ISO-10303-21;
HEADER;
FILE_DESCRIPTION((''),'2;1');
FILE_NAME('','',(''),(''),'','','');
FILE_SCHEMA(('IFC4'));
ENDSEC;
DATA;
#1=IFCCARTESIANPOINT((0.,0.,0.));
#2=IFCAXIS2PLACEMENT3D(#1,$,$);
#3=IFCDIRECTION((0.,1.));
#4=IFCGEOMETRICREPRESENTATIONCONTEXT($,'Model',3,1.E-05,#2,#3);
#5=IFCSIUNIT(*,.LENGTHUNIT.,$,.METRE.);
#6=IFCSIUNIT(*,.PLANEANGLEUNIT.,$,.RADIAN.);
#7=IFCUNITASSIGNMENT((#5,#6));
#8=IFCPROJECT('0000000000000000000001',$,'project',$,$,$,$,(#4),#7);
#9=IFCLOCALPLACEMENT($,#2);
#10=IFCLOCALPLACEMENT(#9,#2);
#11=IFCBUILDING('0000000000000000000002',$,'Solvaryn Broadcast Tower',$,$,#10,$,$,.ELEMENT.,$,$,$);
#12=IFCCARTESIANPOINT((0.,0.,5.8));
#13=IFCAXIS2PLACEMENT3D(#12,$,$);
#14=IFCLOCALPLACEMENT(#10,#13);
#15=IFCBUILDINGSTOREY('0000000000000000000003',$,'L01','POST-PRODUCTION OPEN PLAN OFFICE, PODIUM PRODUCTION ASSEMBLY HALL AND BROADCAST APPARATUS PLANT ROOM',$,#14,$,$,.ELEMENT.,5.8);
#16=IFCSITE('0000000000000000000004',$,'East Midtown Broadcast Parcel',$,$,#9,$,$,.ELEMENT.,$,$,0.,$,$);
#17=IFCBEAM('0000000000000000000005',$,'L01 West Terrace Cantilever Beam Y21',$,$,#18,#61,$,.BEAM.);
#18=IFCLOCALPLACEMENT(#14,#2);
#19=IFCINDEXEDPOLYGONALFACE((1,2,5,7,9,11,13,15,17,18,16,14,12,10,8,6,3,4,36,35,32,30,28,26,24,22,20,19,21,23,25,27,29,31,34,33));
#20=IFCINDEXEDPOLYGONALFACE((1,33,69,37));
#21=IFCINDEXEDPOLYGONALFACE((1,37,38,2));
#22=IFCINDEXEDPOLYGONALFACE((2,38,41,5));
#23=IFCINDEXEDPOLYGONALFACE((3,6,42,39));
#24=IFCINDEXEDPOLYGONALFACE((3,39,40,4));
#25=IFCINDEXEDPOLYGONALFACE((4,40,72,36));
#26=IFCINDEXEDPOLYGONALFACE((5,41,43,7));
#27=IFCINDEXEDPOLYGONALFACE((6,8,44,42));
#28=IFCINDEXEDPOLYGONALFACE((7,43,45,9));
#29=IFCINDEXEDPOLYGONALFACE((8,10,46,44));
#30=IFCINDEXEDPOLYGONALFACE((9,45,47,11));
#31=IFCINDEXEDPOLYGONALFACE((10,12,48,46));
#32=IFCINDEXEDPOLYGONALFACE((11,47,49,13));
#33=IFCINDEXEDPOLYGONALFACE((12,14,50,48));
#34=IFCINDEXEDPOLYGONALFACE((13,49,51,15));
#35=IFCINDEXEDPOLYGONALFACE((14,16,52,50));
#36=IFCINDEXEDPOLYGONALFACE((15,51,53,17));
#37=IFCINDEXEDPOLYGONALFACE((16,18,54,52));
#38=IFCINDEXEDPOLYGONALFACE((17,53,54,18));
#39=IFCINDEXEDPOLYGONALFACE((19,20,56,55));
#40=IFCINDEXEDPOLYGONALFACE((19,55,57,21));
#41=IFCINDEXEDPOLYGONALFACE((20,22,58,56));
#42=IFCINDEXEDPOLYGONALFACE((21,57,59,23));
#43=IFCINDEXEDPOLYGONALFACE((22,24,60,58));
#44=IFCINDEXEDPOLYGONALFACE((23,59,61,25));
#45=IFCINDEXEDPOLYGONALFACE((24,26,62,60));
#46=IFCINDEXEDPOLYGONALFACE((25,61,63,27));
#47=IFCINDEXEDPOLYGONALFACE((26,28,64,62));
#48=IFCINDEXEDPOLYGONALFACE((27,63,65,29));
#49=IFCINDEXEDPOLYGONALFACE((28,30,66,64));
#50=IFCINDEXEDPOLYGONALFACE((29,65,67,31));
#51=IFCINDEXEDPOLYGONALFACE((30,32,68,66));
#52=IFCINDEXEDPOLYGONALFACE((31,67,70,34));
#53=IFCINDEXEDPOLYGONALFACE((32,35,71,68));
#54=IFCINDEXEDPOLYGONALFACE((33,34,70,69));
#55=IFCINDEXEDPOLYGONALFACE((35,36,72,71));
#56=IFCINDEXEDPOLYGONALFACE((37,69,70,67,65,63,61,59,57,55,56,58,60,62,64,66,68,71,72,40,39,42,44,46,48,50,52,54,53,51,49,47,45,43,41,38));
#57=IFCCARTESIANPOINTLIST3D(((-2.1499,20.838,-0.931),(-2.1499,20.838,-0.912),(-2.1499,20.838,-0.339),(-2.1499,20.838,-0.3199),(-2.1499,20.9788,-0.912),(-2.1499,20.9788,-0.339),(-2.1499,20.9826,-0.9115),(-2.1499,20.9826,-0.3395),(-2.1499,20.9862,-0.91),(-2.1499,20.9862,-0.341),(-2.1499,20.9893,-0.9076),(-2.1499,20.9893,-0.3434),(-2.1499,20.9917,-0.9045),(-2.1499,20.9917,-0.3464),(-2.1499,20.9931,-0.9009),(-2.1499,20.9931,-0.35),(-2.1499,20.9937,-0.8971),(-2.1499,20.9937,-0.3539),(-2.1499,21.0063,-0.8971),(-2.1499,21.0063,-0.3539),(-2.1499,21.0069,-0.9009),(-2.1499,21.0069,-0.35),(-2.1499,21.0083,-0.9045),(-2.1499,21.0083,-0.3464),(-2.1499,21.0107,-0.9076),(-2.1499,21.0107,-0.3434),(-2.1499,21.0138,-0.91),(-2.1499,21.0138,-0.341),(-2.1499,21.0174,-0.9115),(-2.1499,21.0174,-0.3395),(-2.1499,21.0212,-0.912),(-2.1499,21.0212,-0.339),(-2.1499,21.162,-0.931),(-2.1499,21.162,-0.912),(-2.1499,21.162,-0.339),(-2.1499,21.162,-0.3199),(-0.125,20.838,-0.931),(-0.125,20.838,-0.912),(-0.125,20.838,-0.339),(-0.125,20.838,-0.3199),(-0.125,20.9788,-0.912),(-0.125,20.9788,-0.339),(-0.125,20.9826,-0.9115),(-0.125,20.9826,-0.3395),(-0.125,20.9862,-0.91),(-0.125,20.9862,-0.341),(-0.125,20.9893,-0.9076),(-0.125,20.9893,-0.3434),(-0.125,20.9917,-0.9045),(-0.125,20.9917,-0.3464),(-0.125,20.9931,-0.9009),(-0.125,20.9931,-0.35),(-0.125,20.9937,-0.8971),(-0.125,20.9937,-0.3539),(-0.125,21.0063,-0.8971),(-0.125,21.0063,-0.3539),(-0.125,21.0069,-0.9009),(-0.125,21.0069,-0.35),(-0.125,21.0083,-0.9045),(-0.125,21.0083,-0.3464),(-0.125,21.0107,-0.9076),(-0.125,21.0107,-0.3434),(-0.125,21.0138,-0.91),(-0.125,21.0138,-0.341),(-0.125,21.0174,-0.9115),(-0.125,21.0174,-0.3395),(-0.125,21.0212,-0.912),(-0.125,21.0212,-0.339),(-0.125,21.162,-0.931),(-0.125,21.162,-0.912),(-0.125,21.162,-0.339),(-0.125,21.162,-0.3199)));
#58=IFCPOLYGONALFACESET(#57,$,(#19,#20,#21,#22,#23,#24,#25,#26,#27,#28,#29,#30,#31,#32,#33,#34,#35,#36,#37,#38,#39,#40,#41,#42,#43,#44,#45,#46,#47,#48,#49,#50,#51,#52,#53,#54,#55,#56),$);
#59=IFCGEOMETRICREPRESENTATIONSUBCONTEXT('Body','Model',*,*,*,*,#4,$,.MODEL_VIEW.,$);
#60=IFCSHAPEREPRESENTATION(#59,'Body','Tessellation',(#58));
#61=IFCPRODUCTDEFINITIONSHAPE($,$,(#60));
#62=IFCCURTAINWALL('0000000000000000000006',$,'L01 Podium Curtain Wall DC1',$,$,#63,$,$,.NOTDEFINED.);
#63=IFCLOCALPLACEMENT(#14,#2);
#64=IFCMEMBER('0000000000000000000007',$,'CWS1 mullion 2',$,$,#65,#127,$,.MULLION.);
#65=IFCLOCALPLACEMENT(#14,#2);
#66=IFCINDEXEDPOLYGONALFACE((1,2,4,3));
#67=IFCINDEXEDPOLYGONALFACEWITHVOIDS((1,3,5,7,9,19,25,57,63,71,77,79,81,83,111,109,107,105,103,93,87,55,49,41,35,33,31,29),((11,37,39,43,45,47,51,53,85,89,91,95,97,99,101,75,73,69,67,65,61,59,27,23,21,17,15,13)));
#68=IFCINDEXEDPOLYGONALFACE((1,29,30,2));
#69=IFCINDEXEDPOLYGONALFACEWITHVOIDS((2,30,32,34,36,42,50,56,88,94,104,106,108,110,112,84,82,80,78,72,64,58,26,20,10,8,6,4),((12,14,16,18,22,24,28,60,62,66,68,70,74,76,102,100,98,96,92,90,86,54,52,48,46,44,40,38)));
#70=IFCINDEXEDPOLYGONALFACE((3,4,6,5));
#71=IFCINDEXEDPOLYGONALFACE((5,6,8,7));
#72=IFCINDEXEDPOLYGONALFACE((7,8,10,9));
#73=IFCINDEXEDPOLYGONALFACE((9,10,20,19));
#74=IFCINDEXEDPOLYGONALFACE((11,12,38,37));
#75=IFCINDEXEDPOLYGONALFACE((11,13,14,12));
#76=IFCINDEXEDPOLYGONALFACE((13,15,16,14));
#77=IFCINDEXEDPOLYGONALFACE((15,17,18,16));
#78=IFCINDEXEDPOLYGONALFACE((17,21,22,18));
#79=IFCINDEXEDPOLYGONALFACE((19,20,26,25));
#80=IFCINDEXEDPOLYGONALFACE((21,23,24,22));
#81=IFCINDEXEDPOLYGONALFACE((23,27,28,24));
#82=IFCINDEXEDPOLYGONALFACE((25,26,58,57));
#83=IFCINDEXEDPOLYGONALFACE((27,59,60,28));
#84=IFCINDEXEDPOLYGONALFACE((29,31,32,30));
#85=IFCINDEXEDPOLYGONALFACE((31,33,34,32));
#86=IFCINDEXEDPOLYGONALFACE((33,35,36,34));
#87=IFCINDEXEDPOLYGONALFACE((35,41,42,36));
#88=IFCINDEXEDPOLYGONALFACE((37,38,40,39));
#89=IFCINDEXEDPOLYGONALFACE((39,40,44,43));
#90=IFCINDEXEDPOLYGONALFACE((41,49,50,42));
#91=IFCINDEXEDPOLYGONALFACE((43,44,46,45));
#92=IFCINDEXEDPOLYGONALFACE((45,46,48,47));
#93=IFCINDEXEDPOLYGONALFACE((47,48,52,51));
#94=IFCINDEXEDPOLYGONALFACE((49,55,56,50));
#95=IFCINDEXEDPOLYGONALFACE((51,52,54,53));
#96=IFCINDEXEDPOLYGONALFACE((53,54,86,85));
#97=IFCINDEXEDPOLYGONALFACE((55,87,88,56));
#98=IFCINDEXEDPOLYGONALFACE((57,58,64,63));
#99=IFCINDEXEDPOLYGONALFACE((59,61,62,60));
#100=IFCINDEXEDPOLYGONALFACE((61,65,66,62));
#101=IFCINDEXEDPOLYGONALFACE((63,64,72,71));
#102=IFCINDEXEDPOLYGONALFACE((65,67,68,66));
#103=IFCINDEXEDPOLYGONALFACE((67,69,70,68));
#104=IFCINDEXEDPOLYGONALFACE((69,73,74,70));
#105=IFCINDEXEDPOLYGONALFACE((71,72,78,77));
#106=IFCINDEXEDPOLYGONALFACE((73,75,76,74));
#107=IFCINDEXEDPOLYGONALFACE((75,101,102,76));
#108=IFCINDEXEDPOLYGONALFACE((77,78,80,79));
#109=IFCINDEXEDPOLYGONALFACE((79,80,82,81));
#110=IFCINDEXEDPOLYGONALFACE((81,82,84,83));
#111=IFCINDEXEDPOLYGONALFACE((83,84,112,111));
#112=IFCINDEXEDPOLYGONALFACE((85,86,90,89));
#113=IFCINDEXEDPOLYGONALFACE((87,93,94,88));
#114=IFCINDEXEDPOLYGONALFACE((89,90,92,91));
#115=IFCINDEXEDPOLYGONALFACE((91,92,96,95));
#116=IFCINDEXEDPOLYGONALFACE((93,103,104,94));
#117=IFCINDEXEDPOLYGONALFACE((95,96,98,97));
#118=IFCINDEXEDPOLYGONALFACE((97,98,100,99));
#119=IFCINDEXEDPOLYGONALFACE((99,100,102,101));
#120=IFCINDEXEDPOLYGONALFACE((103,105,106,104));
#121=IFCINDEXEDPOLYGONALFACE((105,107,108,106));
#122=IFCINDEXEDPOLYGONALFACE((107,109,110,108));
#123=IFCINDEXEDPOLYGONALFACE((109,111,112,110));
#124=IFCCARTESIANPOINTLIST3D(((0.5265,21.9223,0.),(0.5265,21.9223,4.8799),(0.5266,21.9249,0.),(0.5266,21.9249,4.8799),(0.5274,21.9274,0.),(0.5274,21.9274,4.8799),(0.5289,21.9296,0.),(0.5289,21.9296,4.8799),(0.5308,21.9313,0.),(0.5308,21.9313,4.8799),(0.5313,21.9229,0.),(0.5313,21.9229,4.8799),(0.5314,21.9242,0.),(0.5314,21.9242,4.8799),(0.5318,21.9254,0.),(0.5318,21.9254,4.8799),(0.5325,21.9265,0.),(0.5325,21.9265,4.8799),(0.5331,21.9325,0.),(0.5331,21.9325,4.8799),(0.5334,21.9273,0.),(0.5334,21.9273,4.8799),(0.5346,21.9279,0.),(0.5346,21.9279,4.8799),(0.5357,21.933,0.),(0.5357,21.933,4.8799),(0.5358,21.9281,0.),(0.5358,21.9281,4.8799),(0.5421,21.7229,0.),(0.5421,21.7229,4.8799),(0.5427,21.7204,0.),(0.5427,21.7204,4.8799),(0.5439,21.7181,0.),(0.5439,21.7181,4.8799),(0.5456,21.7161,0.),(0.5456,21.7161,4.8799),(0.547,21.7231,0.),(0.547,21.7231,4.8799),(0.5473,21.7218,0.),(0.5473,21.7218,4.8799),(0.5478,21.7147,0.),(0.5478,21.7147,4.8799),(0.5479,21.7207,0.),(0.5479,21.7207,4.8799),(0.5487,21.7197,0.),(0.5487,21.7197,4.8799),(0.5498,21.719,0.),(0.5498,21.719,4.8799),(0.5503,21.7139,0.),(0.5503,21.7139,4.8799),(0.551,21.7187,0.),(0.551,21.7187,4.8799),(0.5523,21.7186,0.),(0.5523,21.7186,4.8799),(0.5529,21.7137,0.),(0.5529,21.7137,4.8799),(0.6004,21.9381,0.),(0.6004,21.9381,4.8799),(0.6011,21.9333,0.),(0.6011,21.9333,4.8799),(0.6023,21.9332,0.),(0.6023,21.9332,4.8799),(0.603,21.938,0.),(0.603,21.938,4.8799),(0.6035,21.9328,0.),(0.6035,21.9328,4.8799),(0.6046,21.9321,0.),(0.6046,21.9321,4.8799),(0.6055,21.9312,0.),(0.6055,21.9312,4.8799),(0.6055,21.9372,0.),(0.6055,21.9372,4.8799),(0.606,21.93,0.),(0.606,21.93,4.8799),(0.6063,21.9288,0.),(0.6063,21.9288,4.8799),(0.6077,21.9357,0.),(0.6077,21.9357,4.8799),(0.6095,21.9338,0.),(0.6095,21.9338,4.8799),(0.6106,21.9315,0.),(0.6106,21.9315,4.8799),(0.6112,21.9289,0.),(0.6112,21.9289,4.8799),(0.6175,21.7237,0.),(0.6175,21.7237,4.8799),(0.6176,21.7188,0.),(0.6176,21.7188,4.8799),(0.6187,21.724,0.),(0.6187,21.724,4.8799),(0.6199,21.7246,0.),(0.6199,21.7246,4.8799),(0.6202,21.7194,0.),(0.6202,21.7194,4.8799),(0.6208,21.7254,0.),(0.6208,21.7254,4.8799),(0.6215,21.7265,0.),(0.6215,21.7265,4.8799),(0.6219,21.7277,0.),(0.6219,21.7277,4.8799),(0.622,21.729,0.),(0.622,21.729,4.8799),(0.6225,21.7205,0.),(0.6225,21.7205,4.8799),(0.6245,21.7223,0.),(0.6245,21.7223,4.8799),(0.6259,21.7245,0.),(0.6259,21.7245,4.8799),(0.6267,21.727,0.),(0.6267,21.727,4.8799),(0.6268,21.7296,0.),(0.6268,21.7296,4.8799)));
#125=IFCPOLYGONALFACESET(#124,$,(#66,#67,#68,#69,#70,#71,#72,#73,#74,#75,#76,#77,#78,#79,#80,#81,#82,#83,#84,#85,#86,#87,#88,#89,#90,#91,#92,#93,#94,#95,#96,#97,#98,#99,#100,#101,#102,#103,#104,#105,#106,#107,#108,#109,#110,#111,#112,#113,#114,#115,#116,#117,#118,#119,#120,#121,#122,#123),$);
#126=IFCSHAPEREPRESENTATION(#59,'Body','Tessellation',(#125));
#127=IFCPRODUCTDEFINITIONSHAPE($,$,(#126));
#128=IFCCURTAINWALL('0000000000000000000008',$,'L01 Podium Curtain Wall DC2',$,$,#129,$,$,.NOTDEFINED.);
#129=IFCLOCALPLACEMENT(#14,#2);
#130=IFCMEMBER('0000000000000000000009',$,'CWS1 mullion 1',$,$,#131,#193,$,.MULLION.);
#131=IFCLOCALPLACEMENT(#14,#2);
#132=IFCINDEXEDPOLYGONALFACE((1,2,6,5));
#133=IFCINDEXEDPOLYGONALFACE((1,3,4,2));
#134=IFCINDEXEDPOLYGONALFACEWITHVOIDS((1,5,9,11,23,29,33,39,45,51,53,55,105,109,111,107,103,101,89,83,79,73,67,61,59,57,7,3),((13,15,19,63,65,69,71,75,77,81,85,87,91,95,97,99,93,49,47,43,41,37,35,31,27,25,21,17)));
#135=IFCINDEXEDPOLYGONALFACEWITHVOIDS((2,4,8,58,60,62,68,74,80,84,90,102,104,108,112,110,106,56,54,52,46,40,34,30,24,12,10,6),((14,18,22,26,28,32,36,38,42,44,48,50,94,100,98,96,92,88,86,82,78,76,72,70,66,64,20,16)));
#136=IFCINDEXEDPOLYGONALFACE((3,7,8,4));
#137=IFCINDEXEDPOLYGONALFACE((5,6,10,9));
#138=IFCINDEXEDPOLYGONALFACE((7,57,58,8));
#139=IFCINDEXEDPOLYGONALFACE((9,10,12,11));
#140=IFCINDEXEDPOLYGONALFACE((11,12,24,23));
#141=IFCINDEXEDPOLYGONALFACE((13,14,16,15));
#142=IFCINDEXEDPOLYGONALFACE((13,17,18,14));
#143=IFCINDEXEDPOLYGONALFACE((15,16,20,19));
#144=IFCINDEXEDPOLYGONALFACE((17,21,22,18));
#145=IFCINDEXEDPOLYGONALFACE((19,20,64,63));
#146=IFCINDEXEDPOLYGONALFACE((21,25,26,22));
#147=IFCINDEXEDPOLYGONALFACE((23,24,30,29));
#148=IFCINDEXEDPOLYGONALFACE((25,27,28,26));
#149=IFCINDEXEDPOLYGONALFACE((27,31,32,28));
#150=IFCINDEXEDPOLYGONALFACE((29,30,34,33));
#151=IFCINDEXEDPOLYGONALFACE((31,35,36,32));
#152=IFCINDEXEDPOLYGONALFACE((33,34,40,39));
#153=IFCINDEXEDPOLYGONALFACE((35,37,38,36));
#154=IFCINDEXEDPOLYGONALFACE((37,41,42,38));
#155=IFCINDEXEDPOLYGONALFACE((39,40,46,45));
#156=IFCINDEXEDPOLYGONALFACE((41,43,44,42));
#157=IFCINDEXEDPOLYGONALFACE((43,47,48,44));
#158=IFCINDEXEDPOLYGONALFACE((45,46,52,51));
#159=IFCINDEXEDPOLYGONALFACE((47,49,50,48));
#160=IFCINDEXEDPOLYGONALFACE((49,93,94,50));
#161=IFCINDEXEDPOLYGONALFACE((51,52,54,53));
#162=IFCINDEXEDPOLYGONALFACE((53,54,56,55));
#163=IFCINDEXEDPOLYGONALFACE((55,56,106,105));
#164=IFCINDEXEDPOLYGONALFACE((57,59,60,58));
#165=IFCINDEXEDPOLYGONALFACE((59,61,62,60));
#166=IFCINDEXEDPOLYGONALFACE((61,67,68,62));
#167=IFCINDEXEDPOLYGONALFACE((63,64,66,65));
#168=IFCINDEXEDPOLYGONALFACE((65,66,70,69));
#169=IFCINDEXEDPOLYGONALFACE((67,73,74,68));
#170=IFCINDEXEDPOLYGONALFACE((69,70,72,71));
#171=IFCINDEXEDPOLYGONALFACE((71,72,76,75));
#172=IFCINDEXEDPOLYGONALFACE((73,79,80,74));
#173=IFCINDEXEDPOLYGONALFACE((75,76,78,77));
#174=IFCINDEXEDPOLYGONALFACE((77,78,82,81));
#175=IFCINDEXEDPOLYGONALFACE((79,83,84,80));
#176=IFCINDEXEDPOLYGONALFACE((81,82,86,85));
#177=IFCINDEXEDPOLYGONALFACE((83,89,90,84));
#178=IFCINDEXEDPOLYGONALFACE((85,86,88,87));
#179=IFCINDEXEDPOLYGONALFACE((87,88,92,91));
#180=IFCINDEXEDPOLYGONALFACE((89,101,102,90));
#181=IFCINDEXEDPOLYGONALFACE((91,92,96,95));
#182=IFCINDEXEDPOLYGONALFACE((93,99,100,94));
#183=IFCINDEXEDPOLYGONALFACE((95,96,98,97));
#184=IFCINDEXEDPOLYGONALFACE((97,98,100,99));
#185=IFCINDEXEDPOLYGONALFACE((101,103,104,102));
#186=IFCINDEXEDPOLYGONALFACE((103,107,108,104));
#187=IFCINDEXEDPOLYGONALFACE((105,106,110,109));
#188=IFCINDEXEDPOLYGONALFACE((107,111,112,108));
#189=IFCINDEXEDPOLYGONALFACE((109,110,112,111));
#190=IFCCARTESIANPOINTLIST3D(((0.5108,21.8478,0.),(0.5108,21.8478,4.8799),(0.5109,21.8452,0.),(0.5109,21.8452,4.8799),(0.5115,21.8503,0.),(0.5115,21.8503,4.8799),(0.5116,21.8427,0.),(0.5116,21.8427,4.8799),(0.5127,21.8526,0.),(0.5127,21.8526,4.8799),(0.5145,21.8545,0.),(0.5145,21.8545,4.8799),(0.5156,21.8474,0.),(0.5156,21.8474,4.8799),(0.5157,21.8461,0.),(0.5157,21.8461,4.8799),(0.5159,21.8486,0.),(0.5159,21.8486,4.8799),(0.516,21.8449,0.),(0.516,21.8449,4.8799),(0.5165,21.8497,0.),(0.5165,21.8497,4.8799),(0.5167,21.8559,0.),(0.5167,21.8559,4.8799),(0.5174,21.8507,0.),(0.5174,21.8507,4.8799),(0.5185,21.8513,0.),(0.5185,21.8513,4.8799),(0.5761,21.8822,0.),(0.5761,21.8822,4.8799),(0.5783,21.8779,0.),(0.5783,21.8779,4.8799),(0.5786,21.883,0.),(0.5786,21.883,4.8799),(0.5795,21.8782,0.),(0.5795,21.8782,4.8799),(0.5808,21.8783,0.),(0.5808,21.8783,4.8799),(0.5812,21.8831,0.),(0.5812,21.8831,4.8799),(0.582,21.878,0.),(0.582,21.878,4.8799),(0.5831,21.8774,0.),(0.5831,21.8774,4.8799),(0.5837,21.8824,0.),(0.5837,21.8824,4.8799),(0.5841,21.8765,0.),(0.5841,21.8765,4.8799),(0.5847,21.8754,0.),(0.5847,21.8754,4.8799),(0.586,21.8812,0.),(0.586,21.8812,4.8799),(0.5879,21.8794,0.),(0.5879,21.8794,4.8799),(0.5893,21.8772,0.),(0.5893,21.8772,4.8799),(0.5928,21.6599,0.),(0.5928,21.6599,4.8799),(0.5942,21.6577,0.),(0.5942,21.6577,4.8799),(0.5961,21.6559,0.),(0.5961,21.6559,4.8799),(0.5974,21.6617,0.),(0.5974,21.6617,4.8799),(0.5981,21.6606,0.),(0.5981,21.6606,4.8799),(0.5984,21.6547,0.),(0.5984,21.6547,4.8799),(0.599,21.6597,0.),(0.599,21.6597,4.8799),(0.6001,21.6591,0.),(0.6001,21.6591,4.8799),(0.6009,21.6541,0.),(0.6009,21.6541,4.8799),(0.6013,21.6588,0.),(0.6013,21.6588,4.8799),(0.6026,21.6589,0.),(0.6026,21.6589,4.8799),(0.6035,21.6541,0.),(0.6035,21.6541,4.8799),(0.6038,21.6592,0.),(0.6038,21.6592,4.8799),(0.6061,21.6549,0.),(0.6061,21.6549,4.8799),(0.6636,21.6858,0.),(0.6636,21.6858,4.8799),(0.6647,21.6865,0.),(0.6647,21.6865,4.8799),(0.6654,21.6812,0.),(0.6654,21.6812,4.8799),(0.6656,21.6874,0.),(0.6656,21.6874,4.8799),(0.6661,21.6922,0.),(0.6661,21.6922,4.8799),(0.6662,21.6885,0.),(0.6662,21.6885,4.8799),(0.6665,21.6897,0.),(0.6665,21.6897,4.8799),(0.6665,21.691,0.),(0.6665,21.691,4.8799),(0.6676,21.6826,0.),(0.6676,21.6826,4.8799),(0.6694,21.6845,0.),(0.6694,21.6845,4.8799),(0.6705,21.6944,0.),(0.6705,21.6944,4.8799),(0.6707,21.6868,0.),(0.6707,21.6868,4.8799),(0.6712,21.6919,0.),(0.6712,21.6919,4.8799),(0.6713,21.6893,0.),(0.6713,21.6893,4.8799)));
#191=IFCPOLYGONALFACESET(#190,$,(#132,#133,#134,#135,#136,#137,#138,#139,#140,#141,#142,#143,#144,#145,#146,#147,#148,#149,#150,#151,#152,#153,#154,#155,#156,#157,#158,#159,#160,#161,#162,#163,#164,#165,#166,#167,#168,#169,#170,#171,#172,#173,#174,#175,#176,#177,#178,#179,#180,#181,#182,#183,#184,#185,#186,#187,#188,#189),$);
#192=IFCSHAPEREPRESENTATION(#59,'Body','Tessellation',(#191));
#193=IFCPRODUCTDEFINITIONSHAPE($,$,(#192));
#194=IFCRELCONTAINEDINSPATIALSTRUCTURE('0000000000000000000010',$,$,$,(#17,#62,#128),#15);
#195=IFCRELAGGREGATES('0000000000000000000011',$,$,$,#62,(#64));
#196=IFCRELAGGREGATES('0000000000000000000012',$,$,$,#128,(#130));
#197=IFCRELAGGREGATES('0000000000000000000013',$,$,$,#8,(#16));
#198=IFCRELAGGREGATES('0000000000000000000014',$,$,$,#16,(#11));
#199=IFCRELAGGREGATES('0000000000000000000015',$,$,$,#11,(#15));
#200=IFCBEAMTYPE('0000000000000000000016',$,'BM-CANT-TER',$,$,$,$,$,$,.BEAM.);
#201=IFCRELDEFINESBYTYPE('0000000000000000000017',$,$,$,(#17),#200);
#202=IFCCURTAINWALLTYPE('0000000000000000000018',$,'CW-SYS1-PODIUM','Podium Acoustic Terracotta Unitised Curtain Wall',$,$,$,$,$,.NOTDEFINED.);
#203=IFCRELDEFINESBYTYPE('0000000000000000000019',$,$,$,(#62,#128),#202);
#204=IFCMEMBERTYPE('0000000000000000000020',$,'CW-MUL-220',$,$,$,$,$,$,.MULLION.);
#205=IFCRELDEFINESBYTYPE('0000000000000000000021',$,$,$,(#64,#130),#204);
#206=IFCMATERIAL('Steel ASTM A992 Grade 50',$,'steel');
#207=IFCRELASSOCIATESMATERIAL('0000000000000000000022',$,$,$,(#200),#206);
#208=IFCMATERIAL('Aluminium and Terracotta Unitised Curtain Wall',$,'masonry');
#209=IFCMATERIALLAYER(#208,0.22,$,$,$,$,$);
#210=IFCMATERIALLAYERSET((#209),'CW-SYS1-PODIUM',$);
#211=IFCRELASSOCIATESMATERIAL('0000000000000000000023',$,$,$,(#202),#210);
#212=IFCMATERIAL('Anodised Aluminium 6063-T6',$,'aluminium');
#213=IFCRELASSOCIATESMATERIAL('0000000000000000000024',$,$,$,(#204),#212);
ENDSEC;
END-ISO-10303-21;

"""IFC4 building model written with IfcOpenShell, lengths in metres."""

from ifc_helpers import new_model, si_unit, direction, frame, origin, origin_2d, place, context, subcontext, project, spatial, hollow_rectangle, i_section, extrude, material, layer, layer_set, material_profile, profile_set, type_object, element, aggregate, save


model = new_model("IFC4")

# Units and contexts
model_context = context("Model", 3, precision=1e-05, world=origin(), true_north=direction((0.0, 1.0)))
body_context = subcontext(model_context, "Body", "Model", "MODEL_VIEW")
ifc_project = project(units=[si_unit("LENGTHUNIT", "METRE"), si_unit("PLANEANGLEUNIT", "RADIAN")], contexts=[model_context])

# Site, building, storey
site_placement = place(None, origin())
site = spatial("IfcSite", under=ifc_project, at=site_placement, Name="East Midtown Broadcast Parcel", CompositionType="ELEMENT", RefElevation=0.0)
building_placement = place(site_placement, origin())
building = spatial("IfcBuilding", under=site, at=building_placement, Name="Solvaryn Broadcast Tower", CompositionType="ELEMENT")
storey_placement = place(building_placement, frame((0.0, 0.0, 5.8)))
storey = spatial("IfcBuildingStorey", under=building, at=storey_placement, Name="L01", Description="POST-PRODUCTION OPEN PLAN OFFICE, PODIUM PRODUCTION ASSEMBLY HALL AND BROADCAST APPARATUS PLANT ROOM", CompositionType="ELEMENT", Elevation=5.8)

# Beam
ifc_material_1 = material(Name="Steel ASTM A992 Grade 50", Category="steel")
ifc_material_profile_1 = material_profile(ifc_material_1, i_section(OverallWidth=0.324, OverallDepth=0.6111, WebThickness=0.0127, FlangeThickness=0.019, FilletRadius=0.0149, at=origin_2d()))
ifc_profile_set_1 = profile_set([ifc_material_profile_1], Name="Steel ASTM A992 Grade 50")
beam_type_1 = type_object("IfcBeamType", Name="BM-CANT-TER", PredefinedType="BEAM", material=ifc_profile_set_1)
for number, where, z_axis, x_axis, name in (
    (1, (-0.125, 21.0, -0.6255), (-1.0, 0.0, 0.0), (0.0, -1.0, 0.0), "L01 West Terrace Cantilever Beam Y21"),
):
    element("IfcBeam", number, at=place(storey_placement, frame(where, z_axis=z_axis, x_axis=x_axis)), inside=storey, type_object=beam_type_1, Name=name, PredefinedType="BEAM", context=body_context, shape_type="SweptSolid", body=[
        extrude(i_section(OverallWidth=0.324, OverallDepth=0.6111, WebThickness=0.0127, FlangeThickness=0.019, FilletRadius=0.0149, at=origin_2d()), origin(), (0.0, 0.0, 1.0), 2.0249),
    ])

# Curtain wall, member
ifc_material_2 = material(Name="Aluminium and Terracotta Unitised Curtain Wall", Category="masonry")
ifc_layer_1 = layer(ifc_material_2, 0.22)
ifc_layer_set_1 = layer_set([ifc_layer_1], Name="CW-SYS1-PODIUM")
curtain_wall_type = type_object("IfcCurtainWallType", Name="CW-SYS1-PODIUM", Description="Podium Acoustic Terracotta Unitised Curtain Wall", PredefinedType="NOTDEFINED", material=ifc_layer_set_1)
curtain_wall_1_placement = place(storey_placement, origin())
curtain_wall_1 = element("IfcCurtainWall", 2, at=curtain_wall_1_placement, inside=storey, type_object=curtain_wall_type, Name="L01 Podium Curtain Wall DC1", PredefinedType="NOTDEFINED")
ifc_material_3 = material(Name="Anodised Aluminium 6063-T6", Category="aluminium")
ifc_material_profile_2 = material_profile(ifc_material_3, hollow_rectangle(XDim=0.085, YDim=0.22, WallThickness=0.0049, InnerFilletRadius=0.0049, OuterFilletRadius=0.01, at=origin_2d()))
ifc_profile_set_2 = profile_set([ifc_material_profile_2], Name="Anodised Aluminium 6063-T6")
member_type_1 = type_object("IfcMemberType", Name="CW-MUL-220", PredefinedType="MULLION", material=ifc_profile_set_2)
member_1_placement = place(storey_placement, frame((0.5767, 21.8259, 0.0), z_axis=(0.0, 0.0, 1.0), x_axis=(0.996935, 0.078238, 0.0)))
member_1 = element("IfcMember", 3, at=member_1_placement, type_object=member_type_1, Name="CWS1 mullion 2", PredefinedType="MULLION", context=body_context, shape_type="SweptSolid", body=[
    extrude(hollow_rectangle(XDim=0.085, YDim=0.22, WallThickness=0.0049, InnerFilletRadius=0.0049, OuterFilletRadius=0.01, at=origin_2d()), origin(), (0.0, 0.0, 1.0), 4.8799),
])

# Curtain wall, member
curtain_wall_2_placement = place(storey_placement, origin())
curtain_wall_2 = element("IfcCurtainWall", 4, at=curtain_wall_2_placement, inside=storey, type_object=curtain_wall_type, Name="L01 Podium Curtain Wall DC2", PredefinedType="NOTDEFINED")
member_2_placement = place(storey_placement, frame((0.5911, 21.7686, 0.0), z_axis=(0.0, 0.0, 1.0), x_axis=(0.913849, 0.406054, 0.0)))
member_2 = element("IfcMember", 5, at=member_2_placement, type_object=member_type_1, Name="CWS1 mullion 1", PredefinedType="MULLION", context=body_context, shape_type="SweptSolid", body=[
    extrude(hollow_rectangle(XDim=0.085, YDim=0.22, WallThickness=0.0049, InnerFilletRadius=0.0049, OuterFilletRadius=0.01, at=origin_2d()), origin(), (0.0, 0.0, 1.0), 4.8799),
])

aggregate(curtain_wall_1, [member_1])
aggregate(curtain_wall_2, [member_2])

save(model, "model.ifc")
